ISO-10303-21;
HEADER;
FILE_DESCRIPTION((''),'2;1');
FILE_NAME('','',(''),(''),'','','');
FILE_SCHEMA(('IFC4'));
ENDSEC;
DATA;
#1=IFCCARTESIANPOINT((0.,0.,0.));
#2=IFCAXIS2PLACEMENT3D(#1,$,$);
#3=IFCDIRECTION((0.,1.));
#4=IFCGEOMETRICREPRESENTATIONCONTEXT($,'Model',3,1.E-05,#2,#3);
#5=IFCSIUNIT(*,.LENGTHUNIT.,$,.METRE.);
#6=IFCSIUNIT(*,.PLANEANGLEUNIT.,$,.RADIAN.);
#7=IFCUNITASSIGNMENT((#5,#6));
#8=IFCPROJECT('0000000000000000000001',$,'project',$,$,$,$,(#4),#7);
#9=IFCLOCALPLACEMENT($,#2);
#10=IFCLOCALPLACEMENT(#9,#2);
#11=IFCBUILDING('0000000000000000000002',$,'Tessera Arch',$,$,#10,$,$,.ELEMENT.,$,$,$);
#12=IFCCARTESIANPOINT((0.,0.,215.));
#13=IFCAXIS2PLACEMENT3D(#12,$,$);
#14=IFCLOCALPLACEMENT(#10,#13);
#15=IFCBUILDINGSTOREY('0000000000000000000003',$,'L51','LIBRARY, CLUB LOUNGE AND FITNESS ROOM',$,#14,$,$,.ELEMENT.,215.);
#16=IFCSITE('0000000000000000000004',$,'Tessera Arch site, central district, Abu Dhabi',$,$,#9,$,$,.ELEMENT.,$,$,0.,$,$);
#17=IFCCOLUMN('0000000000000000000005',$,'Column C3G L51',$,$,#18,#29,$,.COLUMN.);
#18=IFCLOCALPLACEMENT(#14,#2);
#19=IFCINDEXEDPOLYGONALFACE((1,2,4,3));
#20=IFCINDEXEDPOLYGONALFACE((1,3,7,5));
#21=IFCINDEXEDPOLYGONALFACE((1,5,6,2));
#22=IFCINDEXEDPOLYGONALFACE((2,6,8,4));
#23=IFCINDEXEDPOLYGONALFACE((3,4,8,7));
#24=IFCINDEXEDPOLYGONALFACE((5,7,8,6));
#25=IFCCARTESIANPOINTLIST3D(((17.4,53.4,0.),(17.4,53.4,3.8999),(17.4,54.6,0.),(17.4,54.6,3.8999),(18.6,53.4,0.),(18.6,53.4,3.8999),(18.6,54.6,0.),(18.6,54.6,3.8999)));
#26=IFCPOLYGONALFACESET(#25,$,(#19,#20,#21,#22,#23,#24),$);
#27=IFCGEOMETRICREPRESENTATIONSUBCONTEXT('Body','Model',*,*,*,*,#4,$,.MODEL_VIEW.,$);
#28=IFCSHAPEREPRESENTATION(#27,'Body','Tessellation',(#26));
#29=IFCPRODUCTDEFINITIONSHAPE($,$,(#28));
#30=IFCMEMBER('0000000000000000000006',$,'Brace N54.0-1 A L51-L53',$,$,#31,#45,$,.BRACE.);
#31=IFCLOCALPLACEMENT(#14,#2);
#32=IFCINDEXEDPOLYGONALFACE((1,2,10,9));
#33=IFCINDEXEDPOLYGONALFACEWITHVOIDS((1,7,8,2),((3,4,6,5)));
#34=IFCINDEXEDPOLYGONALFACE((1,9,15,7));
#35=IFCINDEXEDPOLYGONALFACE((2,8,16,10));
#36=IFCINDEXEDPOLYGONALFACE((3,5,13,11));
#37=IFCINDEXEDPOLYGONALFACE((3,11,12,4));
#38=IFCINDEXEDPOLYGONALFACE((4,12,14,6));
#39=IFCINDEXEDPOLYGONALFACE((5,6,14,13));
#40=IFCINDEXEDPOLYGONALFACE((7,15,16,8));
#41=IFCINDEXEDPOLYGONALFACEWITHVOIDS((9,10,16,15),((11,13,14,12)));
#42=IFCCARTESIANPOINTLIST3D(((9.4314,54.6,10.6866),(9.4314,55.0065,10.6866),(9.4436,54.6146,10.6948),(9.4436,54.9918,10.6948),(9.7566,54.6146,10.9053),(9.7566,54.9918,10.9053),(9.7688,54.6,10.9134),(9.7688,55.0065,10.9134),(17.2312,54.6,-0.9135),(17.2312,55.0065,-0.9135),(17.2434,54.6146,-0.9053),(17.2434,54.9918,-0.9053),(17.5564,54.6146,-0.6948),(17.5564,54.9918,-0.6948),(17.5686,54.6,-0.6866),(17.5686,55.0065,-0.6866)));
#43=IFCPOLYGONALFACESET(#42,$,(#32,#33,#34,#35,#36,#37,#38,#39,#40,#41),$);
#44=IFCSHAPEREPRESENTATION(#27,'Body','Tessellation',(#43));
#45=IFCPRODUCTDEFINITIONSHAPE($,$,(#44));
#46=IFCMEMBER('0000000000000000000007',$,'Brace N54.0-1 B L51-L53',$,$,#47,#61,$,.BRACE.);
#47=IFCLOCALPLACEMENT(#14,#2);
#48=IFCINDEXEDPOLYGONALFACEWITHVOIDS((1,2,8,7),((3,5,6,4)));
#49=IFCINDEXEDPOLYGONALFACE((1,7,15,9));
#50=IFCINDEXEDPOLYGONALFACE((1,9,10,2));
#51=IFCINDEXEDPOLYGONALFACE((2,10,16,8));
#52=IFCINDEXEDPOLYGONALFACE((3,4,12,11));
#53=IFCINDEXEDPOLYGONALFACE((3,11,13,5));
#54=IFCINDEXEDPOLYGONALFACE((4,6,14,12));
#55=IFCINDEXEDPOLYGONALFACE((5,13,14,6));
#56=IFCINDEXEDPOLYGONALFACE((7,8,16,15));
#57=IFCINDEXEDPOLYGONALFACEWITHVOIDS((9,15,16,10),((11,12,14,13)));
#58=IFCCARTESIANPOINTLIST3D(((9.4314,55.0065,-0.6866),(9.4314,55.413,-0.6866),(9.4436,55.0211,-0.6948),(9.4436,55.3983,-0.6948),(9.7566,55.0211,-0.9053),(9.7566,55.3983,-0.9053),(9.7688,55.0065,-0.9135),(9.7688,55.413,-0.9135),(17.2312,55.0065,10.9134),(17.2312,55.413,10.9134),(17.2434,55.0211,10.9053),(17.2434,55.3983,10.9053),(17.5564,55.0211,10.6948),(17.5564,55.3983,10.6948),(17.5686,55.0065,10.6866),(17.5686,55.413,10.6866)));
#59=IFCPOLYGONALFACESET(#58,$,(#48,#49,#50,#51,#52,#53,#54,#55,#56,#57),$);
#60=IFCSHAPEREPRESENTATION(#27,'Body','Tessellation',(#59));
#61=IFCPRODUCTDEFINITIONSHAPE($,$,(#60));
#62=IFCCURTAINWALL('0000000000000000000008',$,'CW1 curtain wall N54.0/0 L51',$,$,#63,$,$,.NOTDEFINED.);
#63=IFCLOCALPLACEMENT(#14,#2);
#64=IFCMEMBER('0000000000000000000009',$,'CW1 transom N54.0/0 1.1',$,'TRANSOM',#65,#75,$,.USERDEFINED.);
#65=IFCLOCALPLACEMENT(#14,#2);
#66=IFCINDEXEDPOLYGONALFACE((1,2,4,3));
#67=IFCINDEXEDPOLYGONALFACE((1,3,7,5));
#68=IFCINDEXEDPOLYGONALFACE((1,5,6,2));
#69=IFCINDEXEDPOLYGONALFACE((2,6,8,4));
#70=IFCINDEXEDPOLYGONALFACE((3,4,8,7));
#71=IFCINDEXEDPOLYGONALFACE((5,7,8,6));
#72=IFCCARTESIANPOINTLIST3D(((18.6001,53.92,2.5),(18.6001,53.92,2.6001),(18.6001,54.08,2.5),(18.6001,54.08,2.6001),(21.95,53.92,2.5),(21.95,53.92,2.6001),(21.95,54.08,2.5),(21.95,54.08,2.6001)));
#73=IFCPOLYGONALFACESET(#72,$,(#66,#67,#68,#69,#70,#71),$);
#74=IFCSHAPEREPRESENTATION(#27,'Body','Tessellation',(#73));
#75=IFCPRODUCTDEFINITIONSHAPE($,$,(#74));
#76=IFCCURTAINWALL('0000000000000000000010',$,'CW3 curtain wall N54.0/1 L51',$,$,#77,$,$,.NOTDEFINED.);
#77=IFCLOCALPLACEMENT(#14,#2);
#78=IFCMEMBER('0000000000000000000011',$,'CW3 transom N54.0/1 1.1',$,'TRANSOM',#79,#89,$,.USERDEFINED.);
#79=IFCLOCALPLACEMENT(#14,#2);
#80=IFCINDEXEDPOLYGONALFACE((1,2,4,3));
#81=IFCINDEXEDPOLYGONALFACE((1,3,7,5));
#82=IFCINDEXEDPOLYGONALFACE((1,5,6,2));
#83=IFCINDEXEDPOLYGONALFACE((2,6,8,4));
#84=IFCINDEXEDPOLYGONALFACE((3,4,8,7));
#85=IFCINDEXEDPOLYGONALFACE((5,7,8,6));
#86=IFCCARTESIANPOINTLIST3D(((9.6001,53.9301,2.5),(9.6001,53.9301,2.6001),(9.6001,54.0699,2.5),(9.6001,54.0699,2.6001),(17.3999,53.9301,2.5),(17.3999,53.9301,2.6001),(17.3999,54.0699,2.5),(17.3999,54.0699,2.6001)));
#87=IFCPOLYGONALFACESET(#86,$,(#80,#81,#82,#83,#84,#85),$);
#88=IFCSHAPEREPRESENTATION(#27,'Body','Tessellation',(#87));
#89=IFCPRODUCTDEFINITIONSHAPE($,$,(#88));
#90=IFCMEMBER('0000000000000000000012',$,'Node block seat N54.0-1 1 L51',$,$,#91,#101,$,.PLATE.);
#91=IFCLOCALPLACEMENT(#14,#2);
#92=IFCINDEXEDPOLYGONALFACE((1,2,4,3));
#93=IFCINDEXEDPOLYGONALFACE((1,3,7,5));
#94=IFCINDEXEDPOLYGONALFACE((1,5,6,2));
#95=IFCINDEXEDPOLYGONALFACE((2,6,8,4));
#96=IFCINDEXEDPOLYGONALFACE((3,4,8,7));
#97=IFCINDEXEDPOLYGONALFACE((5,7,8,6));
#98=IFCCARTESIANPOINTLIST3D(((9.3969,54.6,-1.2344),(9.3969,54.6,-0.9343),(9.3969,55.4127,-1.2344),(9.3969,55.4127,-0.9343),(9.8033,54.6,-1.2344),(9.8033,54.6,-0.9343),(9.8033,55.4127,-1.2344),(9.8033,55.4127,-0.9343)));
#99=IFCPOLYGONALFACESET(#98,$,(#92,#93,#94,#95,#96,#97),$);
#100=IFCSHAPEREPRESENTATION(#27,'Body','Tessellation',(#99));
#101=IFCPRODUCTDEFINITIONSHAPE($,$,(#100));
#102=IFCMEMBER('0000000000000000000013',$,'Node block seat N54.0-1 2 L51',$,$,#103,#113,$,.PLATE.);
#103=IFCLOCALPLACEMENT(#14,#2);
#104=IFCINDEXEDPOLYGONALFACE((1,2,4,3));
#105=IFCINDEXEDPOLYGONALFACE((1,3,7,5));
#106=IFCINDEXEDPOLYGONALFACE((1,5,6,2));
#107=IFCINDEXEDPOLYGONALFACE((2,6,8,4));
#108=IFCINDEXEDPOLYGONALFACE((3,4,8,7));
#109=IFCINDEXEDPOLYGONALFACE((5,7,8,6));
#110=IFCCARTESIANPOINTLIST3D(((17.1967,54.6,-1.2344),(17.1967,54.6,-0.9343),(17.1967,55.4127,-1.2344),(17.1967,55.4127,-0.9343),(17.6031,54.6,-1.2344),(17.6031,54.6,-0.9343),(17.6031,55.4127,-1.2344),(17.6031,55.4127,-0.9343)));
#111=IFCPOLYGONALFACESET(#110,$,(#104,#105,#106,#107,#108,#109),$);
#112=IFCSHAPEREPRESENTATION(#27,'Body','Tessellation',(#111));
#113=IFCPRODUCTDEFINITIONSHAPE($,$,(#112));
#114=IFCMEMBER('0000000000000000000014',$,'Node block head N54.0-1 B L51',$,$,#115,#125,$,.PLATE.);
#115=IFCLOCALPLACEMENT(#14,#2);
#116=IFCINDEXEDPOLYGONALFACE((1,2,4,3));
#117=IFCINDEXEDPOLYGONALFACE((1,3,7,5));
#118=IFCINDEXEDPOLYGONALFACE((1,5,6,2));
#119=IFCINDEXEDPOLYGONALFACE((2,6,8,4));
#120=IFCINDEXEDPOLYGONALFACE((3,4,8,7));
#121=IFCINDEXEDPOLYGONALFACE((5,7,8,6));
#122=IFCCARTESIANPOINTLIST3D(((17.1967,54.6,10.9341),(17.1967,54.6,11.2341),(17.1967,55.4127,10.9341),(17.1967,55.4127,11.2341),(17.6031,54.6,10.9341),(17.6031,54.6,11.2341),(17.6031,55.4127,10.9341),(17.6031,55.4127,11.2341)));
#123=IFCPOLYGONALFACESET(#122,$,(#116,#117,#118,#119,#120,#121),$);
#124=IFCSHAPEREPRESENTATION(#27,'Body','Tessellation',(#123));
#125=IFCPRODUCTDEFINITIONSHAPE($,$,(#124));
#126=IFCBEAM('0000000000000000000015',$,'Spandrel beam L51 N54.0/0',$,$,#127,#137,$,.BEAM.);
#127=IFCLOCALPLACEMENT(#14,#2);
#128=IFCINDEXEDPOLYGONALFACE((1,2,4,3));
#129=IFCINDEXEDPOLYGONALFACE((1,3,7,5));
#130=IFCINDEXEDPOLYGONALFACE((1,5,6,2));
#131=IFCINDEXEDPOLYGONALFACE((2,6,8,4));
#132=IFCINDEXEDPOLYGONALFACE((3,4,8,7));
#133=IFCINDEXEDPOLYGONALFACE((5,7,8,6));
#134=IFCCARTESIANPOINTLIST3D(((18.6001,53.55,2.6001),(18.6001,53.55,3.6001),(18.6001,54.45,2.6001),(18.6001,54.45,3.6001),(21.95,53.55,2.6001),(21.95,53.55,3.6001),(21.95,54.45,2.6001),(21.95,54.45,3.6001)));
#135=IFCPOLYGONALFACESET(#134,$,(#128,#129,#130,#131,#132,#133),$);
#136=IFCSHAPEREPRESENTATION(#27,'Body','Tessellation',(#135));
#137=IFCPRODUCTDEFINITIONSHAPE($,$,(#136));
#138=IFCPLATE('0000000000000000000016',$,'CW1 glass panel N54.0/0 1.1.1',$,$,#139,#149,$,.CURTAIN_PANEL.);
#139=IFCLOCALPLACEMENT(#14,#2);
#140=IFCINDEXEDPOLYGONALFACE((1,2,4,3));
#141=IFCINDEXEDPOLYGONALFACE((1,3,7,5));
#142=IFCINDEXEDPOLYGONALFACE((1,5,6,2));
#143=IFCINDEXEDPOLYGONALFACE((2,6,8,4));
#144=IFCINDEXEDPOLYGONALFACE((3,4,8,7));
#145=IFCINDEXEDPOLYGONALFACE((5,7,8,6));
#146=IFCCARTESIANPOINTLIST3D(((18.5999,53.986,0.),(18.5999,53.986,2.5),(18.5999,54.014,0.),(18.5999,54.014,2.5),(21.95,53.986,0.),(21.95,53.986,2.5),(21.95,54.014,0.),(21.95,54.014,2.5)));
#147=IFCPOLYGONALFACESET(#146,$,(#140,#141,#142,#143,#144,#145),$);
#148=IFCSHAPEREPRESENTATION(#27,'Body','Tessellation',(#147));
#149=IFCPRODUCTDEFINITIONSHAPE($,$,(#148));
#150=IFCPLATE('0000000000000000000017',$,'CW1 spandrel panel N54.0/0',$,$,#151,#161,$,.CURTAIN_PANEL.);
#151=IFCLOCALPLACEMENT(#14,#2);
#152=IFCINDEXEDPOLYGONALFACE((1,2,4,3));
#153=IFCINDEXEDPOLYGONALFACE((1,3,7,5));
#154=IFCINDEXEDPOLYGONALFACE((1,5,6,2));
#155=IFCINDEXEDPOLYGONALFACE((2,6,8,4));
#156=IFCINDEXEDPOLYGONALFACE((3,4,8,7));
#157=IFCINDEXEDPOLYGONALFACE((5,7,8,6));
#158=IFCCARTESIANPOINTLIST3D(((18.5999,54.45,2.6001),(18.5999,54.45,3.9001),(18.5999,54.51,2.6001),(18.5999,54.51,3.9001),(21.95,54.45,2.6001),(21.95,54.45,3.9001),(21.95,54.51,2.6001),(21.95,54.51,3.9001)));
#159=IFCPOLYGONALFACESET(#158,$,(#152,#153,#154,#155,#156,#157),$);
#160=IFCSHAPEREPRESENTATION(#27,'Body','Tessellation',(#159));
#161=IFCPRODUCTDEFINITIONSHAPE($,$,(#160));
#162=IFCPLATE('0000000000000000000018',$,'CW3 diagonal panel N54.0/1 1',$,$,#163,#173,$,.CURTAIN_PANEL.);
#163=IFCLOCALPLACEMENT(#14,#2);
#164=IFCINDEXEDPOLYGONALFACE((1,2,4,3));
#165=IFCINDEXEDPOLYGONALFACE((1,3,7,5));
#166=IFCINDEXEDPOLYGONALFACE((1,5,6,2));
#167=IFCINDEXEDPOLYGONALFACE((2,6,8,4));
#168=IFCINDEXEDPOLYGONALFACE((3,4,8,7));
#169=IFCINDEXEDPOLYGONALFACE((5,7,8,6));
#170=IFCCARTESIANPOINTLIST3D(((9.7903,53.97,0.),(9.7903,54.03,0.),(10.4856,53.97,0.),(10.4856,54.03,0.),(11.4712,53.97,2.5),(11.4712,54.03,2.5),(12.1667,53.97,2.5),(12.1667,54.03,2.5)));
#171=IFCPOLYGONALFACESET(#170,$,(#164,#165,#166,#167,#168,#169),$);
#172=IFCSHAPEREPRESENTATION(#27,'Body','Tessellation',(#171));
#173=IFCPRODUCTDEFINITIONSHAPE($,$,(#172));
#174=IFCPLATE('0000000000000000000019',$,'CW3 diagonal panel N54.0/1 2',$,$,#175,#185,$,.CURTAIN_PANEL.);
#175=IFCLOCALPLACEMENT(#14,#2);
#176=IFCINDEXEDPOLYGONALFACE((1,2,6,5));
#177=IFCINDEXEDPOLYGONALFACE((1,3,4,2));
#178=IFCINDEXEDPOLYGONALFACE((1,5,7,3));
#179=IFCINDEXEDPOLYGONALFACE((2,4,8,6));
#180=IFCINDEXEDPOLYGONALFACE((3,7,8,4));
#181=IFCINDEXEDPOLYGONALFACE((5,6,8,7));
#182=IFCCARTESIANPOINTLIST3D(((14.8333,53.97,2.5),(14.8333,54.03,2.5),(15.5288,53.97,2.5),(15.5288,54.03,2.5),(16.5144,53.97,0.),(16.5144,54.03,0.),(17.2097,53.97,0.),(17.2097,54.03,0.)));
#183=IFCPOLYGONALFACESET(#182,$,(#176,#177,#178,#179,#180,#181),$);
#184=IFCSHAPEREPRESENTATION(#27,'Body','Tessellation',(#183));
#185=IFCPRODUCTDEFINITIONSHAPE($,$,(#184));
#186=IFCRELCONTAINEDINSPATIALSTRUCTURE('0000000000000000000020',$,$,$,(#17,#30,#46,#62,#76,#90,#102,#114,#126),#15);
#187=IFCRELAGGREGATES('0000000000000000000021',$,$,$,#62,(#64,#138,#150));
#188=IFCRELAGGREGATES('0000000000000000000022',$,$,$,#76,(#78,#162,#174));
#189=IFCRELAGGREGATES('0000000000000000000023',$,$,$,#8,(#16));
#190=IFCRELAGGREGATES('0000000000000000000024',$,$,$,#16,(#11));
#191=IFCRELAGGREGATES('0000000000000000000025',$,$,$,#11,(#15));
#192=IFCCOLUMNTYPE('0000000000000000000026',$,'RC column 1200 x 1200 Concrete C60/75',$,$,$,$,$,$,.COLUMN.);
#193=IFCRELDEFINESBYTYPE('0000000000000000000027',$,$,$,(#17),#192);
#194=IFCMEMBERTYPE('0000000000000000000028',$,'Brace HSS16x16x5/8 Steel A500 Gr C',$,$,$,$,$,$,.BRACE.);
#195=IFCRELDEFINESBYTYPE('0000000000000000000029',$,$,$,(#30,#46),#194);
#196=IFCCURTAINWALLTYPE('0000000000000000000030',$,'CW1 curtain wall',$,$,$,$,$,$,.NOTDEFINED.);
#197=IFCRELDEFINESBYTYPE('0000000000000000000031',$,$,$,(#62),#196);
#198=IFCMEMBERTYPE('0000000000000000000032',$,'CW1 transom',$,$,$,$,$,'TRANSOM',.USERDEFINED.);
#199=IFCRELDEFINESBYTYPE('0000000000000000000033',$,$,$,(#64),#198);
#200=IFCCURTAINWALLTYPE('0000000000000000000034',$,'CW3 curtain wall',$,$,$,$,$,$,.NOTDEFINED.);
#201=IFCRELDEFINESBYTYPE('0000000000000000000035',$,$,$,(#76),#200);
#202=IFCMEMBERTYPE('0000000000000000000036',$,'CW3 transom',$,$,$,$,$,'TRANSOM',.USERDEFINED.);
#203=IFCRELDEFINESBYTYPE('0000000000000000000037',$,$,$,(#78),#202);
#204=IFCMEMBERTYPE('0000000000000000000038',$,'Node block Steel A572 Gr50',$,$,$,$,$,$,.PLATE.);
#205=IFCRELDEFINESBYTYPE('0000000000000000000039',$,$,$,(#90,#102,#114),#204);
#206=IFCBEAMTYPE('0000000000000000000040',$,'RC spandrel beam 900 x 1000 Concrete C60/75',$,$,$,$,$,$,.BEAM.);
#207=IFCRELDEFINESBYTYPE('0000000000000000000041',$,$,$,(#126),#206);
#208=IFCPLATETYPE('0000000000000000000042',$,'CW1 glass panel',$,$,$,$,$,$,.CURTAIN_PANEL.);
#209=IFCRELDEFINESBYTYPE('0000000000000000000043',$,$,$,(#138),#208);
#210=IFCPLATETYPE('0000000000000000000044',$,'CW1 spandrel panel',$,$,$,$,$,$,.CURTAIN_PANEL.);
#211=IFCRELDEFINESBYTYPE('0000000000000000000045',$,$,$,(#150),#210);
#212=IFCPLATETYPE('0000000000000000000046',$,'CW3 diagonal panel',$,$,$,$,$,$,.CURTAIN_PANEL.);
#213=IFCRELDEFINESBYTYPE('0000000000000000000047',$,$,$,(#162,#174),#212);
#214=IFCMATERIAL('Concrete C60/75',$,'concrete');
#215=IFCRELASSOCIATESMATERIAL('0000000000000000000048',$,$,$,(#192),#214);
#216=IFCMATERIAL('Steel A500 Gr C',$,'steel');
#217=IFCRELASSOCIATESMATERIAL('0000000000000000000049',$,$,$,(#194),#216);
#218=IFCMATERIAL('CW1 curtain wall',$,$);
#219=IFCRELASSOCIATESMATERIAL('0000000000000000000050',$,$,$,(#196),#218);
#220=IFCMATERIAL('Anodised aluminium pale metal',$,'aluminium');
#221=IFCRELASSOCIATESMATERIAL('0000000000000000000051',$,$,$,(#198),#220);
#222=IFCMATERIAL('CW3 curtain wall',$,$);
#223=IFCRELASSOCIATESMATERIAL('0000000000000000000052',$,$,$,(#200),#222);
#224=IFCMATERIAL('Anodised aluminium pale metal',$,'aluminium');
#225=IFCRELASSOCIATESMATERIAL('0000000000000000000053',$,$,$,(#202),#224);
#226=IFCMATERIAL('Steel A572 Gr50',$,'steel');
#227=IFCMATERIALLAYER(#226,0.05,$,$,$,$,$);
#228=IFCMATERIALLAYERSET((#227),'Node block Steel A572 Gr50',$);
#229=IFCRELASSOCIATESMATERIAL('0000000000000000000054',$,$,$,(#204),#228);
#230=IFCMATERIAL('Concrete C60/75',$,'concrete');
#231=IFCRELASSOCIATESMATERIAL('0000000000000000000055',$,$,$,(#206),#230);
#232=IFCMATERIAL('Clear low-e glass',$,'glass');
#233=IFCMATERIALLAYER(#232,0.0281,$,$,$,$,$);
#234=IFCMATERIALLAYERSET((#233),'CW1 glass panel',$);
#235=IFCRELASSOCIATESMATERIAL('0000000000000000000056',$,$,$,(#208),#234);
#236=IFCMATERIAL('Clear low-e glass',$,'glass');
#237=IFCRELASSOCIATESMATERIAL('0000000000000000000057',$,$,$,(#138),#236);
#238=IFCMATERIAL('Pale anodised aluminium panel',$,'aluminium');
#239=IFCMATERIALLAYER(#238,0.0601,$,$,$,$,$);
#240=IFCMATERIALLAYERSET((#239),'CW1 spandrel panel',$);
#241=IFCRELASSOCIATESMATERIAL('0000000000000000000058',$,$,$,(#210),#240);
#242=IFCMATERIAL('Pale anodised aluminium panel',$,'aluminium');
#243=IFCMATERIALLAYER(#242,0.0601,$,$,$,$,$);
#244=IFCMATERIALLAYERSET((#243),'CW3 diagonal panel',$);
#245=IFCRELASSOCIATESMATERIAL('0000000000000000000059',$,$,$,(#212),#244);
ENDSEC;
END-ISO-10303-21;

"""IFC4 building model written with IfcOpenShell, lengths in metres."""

from ifc_helpers import new_model, si_unit, direction, frame, origin, origin_2d, place, context, subcontext, project, spatial, polyline, rectangle, hollow_rectangle, outline, extrude, material, layer, layer_set, material_profile, profile_set, type_object, element, aggregate, save


model = new_model("IFC4")

# Units and contexts
model_context = context("Model", 3, precision=1e-05, world=origin(), true_north=direction((0.0, 1.0)))
body_context = subcontext(model_context, "Body", "Model", "MODEL_VIEW")
ifc_project = project(units=[si_unit("LENGTHUNIT", "METRE"), si_unit("PLANEANGLEUNIT", "RADIAN")], contexts=[model_context])

# Site, building, storey
site_placement = place(None, origin())
site = spatial("IfcSite", under=ifc_project, at=site_placement, Name="Tessera Arch site, central district, Abu Dhabi", CompositionType="ELEMENT", RefElevation=0.0)
building_placement = place(site_placement, origin())
building = spatial("IfcBuilding", under=site, at=building_placement, Name="Tessera Arch", CompositionType="ELEMENT")
storey_placement = place(building_placement, frame((0.0, 0.0, 215.0)))
storey = spatial("IfcBuildingStorey", under=building, at=storey_placement, Name="L51", Description="LIBRARY, CLUB LOUNGE AND FITNESS ROOM", CompositionType="ELEMENT", Elevation=215.0)

# Column
ifc_material_1 = material(Name="Concrete C60/75", Category="concrete")
ifc_material_profile_1 = material_profile(ifc_material_1, rectangle(XDim=1.2, YDim=1.2, at=origin_2d()), Name="RC column 1200 x 1200 Concrete C60/75")
ifc_profile_set_1 = profile_set([ifc_material_profile_1], Name="Concrete C60/75")
column_type = type_object("IfcColumnType", Name="RC column 1200 x 1200 Concrete C60/75", PredefinedType="COLUMN", material=ifc_profile_set_1)
column_placement = place(storey_placement, frame((18.0, 54.0, 0.0), z_axis=(0.0, 0.0, 1.0), x_axis=(1.0, 0.0, 0.0)))
element("IfcColumn", 1, at=column_placement, inside=storey, type_object=column_type, Name="Column C3G L51", PredefinedType="COLUMN", context=body_context, shape_type="SweptSolid", body=[
    extrude(rectangle(XDim=1.2, YDim=1.2, at=origin_2d()), origin(), (0.0, 0.0, 1.0), 3.8999),
])

# Members
ifc_material_2 = material(Name="Steel A500 Gr C", Category="steel")
ifc_material_profile_2 = material_profile(ifc_material_2, hollow_rectangle(XDim=0.4065, YDim=0.4065, WallThickness=0.0146, at=origin_2d()), Name="HSS16x16x5/8")
ifc_profile_set_2 = profile_set([ifc_material_profile_2], Name="Steel A500 Gr C")
member_type_1 = type_object("IfcMemberType", Name="Brace HSS16x16x5/8 Steel A500 Gr C", PredefinedType="BRACE", material=ifc_profile_set_2)
for number, where, z_axis, x_axis, name in (
    (2, (17.3999, 54.8032, -0.8), (-0.557985, 0.0, 0.829851), (0.0, -1.0, 0.0), "Brace N54.0-1 A L51-L53"),
    (3, (9.6001, 55.2097, -0.8), (0.557985, 0.0, 0.829851), (0.0, 1.0, 0.0), "Brace N54.0-1 B L51-L53"),
):
    element("IfcMember", number, at=place(storey_placement, frame(where, z_axis=z_axis, x_axis=x_axis)), inside=storey, type_object=member_type_1, Name=name, PredefinedType="BRACE", context=body_context, shape_type="SweptSolid", body=[
        extrude(hollow_rectangle(XDim=0.4065, YDim=0.4065, WallThickness=0.0146, at=origin_2d()), origin(), (0.0, 0.0, 1.0), 13.9785),
    ])

# Curtain walls, members
ifc_material_3 = material(Name="CW1 curtain wall")
curtain_wall_type_1 = type_object("IfcCurtainWallType", Name="CW1 curtain wall", PredefinedType="NOTDEFINED", material=ifc_material_3)
curtain_wall_1_placement = place(storey_placement, origin())
curtain_wall_1 = element("IfcCurtainWall", 4, at=curtain_wall_1_placement, inside=storey, type_object=curtain_wall_type_1, Name="CW1 curtain wall N54.0/0 L51", PredefinedType="NOTDEFINED")
ifc_material_4 = material(Name="Anodised aluminium pale metal", Category="aluminium")
ifc_material_profile_3 = material_profile(ifc_material_4, rectangle(XDim=0.1599, YDim=0.1001, at=origin_2d()), Name="AL 160x100")
ifc_profile_set_3 = profile_set([ifc_material_profile_3], Name="Anodised aluminium pale metal")
member_type_2 = type_object("IfcMemberType", Name="CW1 transom", ElementType="TRANSOM", PredefinedType="USERDEFINED", material=ifc_profile_set_3)
member_1_placement = place(storey_placement, frame((21.95, 54.0, 2.55), z_axis=(-1.0, 0.0, 0.0), x_axis=(0.0, -1.0, 0.0)))
member_1 = element("IfcMember", 5, at=member_1_placement, type_object=member_type_2, Name="CW1 transom N54.0/0 1.1", ObjectType="TRANSOM", PredefinedType="USERDEFINED", context=body_context, shape_type="SweptSolid", body=[
    extrude(rectangle(XDim=0.1599, YDim=0.1001, at=origin_2d()), origin(), (0.0, 0.0, 1.0), 3.3499),
])
ifc_material_5 = material(Name="CW3 curtain wall")
curtain_wall_type_2 = type_object("IfcCurtainWallType", Name="CW3 curtain wall", PredefinedType="NOTDEFINED", material=ifc_material_5)
curtain_wall_2_placement = place(storey_placement, origin())
curtain_wall_2 = element("IfcCurtainWall", 6, at=curtain_wall_2_placement, inside=storey, type_object=curtain_wall_type_2, Name="CW3 curtain wall N54.0/1 L51", PredefinedType="NOTDEFINED")
ifc_material_6 = material(Name="Anodised aluminium pale metal", Category="aluminium")
ifc_material_profile_4 = material_profile(ifc_material_6, rectangle(XDim=0.1399, YDim=0.1001, at=origin_2d()), Name="AL 140x100")
ifc_profile_set_4 = profile_set([ifc_material_profile_4], Name="Anodised aluminium pale metal")
member_type_3 = type_object("IfcMemberType", Name="CW3 transom", ElementType="TRANSOM", PredefinedType="USERDEFINED", material=ifc_profile_set_4)
member_2_placement = place(storey_placement, frame((17.3999, 54.0, 2.55), z_axis=(-1.0, 0.0, 0.0), x_axis=(0.0, -1.0, 0.0)))
member_2 = element("IfcMember", 7, at=member_2_placement, type_object=member_type_3, Name="CW3 transom N54.0/1 1.1", ObjectType="TRANSOM", PredefinedType="USERDEFINED", context=body_context, shape_type="SweptSolid", body=[
    extrude(rectangle(XDim=0.1399, YDim=0.1001, at=origin_2d()), origin(), (0.0, 0.0, 1.0), 7.7998),
])

# Members
ifc_material_7 = material(Name="Steel A572 Gr50", Category="steel")
ifc_layer_1 = layer(ifc_material_7, 0.05)
ifc_layer_set_1 = layer_set([ifc_layer_1], Name="Node block Steel A572 Gr50")
member_type_4 = type_object("IfcMemberType", Name="Node block Steel A572 Gr50", PredefinedType="PLATE", material=ifc_layer_set_1)
for number, where, z_axis, x_axis, name in (
    (8, (9.6001, 55.0063, -1.2344), (0.0, 0.0, 1.0), (-1.0, 0.0, 0.0), "Node block seat N54.0-1 1 L51"),
    (9, (17.3999, 55.0063, -1.2344), (0.0, 0.0, 1.0), (-1.0, 0.0, 0.0), "Node block seat N54.0-1 2 L51"),
    (10, (17.3999, 55.0063, 10.9341), (0.0, 0.0, 1.0), (-1.0, 0.0, 0.0), "Node block head N54.0-1 B L51"),
):
    element("IfcMember", number, at=place(storey_placement, frame(where, z_axis=z_axis, x_axis=x_axis)), inside=storey, type_object=member_type_4, Name=name, PredefinedType="PLATE", context=body_context, shape_type="SweptSolid", body=[
        extrude(rectangle(XDim=0.4065, YDim=0.8127, at=origin_2d()), origin(), (0.0, 0.0, 1.0), 0.3),
    ])

# Beam
ifc_material_8 = material(Name="Concrete C60/75", Category="concrete")
ifc_material_profile_5 = material_profile(ifc_material_8, rectangle(XDim=0.8999, YDim=1.0, at=origin_2d()), Name="RC spandrel beam 900 x 1000 Concrete C60/75")
ifc_profile_set_5 = profile_set([ifc_material_profile_5], Name="Concrete C60/75")
beam_type = type_object("IfcBeamType", Name="RC spandrel beam 900 x 1000 Concrete C60/75", PredefinedType="BEAM", material=ifc_profile_set_5)
beam_placement = place(storey_placement, frame((21.95, 54.0, 3.1001), z_axis=(-1.0, 0.0, 0.0), x_axis=(0.0, -1.0, 0.0)))
element("IfcBeam", 11, at=beam_placement, inside=storey, type_object=beam_type, Name="Spandrel beam L51 N54.0/0", PredefinedType="BEAM", context=body_context, shape_type="SweptSolid", body=[
    extrude(rectangle(XDim=0.8999, YDim=1.0, at=origin_2d()), origin(), (0.0, 0.0, 1.0), 3.3499),
])

# Plates
ifc_material_9 = material(Name="Clear low-e glass", Category="glass")
ifc_material_10 = material(Name="Clear low-e glass", Category="glass")
ifc_layer_2 = layer(ifc_material_10, 0.0281)
ifc_layer_set_2 = layer_set([ifc_layer_2], Name="CW1 glass panel")
plate_type_1 = type_object("IfcPlateType", Name="CW1 glass panel", PredefinedType="CURTAIN_PANEL", material=ifc_layer_set_2)
plate_1_placement = place(storey_placement, frame((20.2749, 54.0, 0.0), z_axis=(0.0, 0.0, 1.0), x_axis=(-1.0, 0.0, 0.0)))
plate_1 = element("IfcPlate", 12, at=plate_1_placement, type_object=plate_type_1, material=ifc_material_9, Name="CW1 glass panel N54.0/0 1.1.1", PredefinedType="CURTAIN_PANEL", context=body_context, shape_type="SweptSolid", body=[
    extrude(rectangle(XDim=3.3501, YDim=0.0281, at=origin_2d()), origin(), (0.0, 0.0, 1.0), 2.5),
])
ifc_material_11 = material(Name="Pale anodised aluminium panel", Category="aluminium")
ifc_layer_3 = layer(ifc_material_11, 0.0601)
ifc_layer_set_3 = layer_set([ifc_layer_3], Name="CW1 spandrel panel")
plate_type_2 = type_object("IfcPlateType", Name="CW1 spandrel panel", PredefinedType="CURTAIN_PANEL", material=ifc_layer_set_3)
plate_2_placement = place(storey_placement, frame((20.2749, 54.48, 2.6001), z_axis=(0.0, 0.0, 1.0), x_axis=(-1.0, 0.0, 0.0)))
plate_2 = element("IfcPlate", 13, at=plate_2_placement, type_object=plate_type_2, Name="CW1 spandrel panel N54.0/0", PredefinedType="CURTAIN_PANEL", context=body_context, shape_type="SweptSolid", body=[
    extrude(rectangle(XDim=3.3501, YDim=0.0601, at=origin_2d()), origin(), (0.0, 0.0, 1.0), 1.3),
])
aggregate(curtain_wall_1, [member_1, plate_1, plate_2])
ifc_material_12 = material(Name="Pale anodised aluminium panel", Category="aluminium")
ifc_layer_4 = layer(ifc_material_12, 0.0601)
ifc_layer_set_4 = layer_set([ifc_layer_4], Name="CW3 diagonal panel")
plate_type_3 = type_object("IfcPlateType", Name="CW3 diagonal panel", PredefinedType="CURTAIN_PANEL", material=ifc_layer_set_4)
plate_3_placement = place(storey_placement, frame((11.4712, 54.03, 2.5), z_axis=(0.0, 1.0, 0.0), x_axis=(1.0, 0.0, 0.0)))
plate_3 = element("IfcPlate", 14, at=plate_3_placement, type_object=plate_type_3, Name="CW3 diagonal panel N54.0/1 1", PredefinedType="CURTAIN_PANEL", context=body_context, shape_type="SweptSolid", body=[
    extrude(outline(polyline([(0.0, 0.0), (0.6956, 0.0), (-0.9856, 2.5), (-1.6809, 2.5), (0.0, 0.0)])), origin(), (0.0, 0.0, -1.0), 0.0601),
])
plate_4_placement = place(storey_placement, frame((14.8333, 54.03, 2.5), z_axis=(0.0, 1.0, 0.0), x_axis=(1.0, 0.0, 0.0)))
plate_4 = element("IfcPlate", 15, at=plate_4_placement, type_object=plate_type_3, Name="CW3 diagonal panel N54.0/1 2", PredefinedType="CURTAIN_PANEL", context=body_context, shape_type="SweptSolid", body=[
    extrude(outline(polyline([(0.0, 0.0), (0.6956, 0.0), (2.3765, 2.5), (1.6812, 2.5), (0.0, 0.0)])), origin(), (0.0, 0.0, -1.0), 0.0601),
])
aggregate(curtain_wall_2, [member_2, plate_3, plate_4])

save(model, "model.ifc")
